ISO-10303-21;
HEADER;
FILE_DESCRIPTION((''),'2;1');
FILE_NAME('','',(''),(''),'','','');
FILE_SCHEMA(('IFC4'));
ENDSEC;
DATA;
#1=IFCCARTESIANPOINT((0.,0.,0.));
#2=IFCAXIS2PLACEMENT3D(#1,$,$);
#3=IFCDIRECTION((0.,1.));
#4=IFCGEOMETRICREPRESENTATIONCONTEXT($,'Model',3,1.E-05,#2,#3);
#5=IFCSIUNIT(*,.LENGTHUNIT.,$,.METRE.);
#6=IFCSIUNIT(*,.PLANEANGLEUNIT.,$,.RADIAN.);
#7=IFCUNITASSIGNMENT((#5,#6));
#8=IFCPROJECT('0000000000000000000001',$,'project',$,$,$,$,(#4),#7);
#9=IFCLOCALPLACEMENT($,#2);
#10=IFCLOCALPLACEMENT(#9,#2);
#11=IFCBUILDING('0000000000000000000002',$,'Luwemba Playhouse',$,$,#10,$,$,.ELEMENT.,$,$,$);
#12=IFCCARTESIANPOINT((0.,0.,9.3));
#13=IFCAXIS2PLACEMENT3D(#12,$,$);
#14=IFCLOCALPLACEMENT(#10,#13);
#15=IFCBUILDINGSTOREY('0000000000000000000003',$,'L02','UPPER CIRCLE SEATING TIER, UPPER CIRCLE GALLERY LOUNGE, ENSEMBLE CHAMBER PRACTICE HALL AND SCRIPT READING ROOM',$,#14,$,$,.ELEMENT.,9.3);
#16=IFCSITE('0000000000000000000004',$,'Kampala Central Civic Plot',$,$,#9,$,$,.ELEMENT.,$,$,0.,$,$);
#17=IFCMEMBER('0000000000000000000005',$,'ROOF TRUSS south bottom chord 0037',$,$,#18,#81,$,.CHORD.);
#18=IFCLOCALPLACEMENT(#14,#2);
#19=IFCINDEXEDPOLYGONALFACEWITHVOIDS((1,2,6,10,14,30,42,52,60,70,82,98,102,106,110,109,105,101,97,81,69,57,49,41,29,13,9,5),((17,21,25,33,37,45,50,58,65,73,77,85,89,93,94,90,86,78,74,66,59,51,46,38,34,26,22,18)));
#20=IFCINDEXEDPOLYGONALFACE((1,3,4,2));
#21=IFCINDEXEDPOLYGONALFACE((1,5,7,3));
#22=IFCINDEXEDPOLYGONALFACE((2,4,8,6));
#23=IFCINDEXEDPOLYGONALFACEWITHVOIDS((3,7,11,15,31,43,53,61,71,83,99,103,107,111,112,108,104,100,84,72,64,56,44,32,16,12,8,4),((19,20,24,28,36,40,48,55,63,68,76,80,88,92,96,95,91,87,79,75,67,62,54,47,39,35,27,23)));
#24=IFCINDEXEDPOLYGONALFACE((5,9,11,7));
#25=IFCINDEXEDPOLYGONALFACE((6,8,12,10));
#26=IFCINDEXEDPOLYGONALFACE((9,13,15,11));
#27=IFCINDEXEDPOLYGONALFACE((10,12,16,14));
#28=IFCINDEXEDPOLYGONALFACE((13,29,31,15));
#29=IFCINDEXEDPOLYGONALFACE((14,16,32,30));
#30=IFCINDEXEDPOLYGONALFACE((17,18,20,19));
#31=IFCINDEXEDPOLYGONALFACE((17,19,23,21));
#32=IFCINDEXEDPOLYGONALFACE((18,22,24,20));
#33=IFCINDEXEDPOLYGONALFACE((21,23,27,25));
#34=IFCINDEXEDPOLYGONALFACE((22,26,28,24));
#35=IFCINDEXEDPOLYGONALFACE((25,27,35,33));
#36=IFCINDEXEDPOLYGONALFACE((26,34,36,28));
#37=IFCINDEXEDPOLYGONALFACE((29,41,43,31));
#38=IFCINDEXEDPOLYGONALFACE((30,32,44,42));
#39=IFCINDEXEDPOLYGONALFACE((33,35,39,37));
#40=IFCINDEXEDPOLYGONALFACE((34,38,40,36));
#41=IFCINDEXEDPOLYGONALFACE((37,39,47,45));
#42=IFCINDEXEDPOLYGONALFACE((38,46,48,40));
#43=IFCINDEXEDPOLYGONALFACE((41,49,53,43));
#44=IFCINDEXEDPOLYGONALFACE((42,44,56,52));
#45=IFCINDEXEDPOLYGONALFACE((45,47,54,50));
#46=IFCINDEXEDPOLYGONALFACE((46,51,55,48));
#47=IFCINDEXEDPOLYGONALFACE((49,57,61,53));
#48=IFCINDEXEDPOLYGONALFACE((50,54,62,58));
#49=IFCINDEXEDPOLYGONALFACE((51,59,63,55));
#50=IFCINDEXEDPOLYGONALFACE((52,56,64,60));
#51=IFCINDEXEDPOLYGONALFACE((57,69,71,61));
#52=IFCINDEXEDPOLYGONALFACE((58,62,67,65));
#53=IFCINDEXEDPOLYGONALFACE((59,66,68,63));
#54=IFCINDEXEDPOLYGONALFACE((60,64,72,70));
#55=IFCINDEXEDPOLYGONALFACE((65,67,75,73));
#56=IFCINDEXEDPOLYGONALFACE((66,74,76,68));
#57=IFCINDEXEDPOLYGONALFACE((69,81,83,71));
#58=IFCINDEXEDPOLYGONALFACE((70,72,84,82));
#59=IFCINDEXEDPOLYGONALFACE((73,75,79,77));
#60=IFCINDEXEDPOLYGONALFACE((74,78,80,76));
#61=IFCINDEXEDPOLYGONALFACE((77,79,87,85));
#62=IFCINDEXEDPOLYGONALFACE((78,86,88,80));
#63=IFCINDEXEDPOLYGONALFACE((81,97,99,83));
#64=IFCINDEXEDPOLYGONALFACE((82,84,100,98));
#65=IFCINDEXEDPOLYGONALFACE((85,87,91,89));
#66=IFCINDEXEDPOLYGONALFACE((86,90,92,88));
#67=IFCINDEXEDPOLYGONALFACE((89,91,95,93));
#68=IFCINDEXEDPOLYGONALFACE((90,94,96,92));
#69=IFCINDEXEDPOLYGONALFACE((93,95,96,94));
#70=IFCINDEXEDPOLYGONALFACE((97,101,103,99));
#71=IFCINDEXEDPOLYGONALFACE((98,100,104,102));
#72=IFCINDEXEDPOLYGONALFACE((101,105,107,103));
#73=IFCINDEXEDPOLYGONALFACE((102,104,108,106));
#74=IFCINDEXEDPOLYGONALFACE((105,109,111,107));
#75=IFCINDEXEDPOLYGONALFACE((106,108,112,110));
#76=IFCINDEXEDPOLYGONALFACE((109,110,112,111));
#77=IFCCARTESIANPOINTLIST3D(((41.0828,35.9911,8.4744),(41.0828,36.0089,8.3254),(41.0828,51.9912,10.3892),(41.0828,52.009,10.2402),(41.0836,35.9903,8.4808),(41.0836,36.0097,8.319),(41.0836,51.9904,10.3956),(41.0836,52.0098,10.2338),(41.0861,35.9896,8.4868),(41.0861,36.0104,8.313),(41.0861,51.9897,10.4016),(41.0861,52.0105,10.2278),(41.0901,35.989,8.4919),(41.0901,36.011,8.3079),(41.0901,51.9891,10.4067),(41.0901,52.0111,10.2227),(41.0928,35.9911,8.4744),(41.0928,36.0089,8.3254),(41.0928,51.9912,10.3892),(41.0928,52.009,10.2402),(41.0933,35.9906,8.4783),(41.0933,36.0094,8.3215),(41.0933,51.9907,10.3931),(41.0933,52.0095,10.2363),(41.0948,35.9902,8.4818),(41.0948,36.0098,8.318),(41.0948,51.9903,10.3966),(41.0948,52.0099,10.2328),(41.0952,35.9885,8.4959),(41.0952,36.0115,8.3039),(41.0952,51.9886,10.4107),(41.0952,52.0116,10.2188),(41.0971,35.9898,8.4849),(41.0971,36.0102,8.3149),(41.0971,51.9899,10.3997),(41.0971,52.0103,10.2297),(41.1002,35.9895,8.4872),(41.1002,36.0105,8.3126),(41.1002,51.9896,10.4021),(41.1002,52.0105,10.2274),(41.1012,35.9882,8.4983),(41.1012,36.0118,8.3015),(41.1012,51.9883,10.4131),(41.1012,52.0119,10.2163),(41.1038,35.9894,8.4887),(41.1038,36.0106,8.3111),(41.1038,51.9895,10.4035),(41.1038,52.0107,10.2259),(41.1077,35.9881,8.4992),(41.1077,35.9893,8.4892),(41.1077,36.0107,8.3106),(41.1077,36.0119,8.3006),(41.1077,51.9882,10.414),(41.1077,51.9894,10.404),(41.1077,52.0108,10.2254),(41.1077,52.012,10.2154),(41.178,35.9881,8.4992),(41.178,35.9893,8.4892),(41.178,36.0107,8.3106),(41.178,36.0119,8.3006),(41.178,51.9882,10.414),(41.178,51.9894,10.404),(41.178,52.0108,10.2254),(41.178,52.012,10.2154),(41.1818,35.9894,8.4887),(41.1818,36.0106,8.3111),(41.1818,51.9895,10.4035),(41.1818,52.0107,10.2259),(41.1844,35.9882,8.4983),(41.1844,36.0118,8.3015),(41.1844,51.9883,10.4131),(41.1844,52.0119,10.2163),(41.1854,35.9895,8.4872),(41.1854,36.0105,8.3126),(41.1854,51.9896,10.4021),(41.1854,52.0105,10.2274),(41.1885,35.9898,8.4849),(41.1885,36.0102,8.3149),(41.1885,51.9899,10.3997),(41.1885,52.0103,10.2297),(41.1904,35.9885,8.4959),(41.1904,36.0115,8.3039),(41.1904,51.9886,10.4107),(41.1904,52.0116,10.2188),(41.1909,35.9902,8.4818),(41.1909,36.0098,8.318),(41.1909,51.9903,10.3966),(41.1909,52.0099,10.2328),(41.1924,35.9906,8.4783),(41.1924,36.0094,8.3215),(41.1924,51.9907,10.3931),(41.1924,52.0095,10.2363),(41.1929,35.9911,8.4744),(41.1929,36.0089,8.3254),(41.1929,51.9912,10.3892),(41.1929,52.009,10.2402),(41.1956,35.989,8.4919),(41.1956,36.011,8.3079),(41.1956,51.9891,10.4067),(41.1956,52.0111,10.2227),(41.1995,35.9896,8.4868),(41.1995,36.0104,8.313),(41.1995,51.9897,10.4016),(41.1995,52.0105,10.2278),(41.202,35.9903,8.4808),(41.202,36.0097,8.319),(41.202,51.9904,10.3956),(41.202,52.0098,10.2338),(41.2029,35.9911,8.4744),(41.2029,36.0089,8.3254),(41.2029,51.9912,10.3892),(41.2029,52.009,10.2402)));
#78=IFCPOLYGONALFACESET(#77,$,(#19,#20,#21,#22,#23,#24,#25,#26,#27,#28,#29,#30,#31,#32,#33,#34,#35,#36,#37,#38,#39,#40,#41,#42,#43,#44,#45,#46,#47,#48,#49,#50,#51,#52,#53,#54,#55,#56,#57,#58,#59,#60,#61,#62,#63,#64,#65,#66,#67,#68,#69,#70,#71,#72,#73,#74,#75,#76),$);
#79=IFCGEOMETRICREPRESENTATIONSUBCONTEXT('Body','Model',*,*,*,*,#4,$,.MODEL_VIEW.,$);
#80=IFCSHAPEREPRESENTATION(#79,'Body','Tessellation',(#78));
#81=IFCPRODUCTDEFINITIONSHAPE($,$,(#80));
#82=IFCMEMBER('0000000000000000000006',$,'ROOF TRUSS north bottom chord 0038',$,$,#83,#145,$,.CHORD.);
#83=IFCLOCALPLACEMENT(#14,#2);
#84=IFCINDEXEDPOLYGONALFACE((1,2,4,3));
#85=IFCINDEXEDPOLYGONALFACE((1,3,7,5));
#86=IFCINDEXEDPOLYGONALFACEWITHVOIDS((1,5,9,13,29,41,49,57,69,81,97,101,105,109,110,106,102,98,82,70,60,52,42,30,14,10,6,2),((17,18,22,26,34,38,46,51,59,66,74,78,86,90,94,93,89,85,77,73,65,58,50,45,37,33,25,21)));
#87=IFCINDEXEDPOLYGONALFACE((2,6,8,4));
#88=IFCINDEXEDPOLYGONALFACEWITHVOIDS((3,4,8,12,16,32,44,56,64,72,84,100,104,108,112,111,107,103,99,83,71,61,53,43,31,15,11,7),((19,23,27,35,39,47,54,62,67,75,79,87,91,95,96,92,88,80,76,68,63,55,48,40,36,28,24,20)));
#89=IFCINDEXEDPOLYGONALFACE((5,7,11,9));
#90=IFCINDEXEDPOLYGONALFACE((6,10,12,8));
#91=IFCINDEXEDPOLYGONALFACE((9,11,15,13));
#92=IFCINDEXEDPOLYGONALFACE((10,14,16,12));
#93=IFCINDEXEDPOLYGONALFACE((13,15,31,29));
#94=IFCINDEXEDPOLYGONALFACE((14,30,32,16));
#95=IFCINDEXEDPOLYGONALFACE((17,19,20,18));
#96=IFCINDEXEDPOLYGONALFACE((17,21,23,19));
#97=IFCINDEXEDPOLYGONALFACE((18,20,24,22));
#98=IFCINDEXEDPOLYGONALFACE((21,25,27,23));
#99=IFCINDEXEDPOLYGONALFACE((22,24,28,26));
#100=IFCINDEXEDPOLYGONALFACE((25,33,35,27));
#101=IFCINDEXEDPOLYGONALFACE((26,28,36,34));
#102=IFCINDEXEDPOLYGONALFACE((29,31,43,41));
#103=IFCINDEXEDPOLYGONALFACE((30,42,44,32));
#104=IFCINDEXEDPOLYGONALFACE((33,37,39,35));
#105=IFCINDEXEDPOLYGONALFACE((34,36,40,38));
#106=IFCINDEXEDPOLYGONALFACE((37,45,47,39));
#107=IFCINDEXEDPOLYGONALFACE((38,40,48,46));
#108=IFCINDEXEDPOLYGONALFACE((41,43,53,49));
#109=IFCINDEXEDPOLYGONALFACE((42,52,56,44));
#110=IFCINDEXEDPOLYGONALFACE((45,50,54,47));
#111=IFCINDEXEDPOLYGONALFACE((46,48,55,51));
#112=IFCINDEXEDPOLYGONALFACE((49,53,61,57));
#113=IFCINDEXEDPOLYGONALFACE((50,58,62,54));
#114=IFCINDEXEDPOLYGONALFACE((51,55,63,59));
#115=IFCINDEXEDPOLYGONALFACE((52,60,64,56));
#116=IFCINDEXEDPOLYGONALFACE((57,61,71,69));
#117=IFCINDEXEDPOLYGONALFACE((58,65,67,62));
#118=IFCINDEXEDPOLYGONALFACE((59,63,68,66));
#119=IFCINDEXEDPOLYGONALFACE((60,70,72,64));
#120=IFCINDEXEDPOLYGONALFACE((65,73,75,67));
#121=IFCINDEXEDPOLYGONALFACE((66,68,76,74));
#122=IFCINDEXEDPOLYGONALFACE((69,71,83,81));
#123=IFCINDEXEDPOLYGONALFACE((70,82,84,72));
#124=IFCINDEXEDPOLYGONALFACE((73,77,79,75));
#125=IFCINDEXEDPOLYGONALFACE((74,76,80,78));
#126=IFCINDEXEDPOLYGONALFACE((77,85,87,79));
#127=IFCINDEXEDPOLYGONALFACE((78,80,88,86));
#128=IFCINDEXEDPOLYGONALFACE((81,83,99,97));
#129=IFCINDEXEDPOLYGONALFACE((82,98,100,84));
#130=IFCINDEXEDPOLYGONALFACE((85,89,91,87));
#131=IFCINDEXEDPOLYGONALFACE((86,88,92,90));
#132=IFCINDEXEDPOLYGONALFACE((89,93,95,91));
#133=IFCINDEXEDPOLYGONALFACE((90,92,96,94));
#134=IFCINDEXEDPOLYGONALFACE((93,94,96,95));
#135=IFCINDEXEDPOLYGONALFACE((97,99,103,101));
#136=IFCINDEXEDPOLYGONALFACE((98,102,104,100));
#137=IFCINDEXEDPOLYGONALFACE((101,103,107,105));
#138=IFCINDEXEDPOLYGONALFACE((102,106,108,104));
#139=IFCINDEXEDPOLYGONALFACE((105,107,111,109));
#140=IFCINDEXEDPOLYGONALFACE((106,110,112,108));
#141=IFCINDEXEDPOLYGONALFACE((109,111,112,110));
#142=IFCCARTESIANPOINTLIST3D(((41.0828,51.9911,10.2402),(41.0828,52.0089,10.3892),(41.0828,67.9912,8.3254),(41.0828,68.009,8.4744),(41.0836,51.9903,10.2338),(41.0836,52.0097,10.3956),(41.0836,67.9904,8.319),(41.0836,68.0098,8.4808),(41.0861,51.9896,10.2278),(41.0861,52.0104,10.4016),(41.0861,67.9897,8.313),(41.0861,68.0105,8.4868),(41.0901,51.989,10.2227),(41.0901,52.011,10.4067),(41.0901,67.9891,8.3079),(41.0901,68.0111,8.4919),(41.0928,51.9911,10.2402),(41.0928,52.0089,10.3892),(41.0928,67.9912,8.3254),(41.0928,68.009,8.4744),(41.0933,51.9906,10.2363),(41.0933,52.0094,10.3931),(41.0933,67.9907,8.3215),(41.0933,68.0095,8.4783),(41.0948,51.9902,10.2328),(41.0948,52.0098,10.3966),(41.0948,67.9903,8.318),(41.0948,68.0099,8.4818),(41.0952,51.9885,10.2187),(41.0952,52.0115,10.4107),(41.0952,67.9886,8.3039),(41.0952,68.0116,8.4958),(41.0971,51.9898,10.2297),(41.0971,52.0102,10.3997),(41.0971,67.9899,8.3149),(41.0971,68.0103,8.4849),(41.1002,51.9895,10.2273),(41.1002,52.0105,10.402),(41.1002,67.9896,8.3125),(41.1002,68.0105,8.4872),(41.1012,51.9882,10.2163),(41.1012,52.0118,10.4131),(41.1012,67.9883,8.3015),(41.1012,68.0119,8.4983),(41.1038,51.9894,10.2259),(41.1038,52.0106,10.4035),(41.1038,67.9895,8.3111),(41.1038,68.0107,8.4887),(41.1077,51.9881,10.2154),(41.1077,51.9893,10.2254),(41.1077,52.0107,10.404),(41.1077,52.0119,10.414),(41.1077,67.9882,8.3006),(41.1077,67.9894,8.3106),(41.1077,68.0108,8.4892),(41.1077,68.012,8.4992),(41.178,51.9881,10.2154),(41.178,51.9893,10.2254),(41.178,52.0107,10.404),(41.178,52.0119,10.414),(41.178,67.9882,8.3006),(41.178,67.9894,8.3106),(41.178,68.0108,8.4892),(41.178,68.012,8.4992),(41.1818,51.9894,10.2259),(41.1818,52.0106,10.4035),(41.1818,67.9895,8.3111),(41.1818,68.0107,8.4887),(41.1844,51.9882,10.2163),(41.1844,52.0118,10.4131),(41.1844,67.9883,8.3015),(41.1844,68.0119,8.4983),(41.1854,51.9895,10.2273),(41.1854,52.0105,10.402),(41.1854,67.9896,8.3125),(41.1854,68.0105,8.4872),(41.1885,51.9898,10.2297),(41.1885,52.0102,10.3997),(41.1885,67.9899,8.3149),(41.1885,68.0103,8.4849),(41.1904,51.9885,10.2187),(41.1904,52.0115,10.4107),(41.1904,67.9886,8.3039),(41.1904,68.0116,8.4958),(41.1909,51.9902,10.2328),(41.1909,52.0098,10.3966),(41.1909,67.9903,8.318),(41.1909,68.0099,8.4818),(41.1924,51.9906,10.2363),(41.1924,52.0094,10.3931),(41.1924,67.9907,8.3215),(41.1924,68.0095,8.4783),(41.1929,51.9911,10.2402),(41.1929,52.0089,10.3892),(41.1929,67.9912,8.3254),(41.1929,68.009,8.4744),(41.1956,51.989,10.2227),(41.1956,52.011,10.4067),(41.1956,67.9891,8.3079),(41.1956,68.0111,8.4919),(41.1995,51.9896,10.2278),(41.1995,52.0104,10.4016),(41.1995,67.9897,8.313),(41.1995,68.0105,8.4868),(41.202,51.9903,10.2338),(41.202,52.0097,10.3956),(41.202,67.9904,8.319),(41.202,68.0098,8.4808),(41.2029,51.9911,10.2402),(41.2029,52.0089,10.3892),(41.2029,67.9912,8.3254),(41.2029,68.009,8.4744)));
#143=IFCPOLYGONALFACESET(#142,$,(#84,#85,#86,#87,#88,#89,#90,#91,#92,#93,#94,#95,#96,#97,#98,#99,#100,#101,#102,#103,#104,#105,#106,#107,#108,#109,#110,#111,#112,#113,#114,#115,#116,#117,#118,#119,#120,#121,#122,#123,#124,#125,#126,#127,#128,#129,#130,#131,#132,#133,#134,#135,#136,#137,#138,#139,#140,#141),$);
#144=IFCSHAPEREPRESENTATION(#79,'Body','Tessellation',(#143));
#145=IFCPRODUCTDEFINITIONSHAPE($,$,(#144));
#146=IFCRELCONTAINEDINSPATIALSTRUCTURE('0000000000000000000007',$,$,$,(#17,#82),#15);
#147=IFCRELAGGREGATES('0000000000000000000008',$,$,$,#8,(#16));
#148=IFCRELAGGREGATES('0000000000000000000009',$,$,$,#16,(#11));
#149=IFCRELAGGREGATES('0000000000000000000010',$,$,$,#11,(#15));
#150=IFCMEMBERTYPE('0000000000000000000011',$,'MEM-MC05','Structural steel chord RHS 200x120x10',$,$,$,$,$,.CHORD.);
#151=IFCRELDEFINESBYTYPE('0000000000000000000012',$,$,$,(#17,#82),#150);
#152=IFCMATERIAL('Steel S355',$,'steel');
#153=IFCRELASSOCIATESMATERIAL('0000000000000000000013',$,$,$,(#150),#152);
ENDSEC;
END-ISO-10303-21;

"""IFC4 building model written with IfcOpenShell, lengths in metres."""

from ifc_helpers import new_model, si_unit, direction, frame, origin, origin_2d, place, context, subcontext, project, spatial, hollow_rectangle, extrude, material, material_profile, profile_set, type_object, element, save


model = new_model("IFC4")

# Units and contexts
model_context = context("Model", 3, precision=1e-05, world=origin(), true_north=direction((0.0, 1.0)))
body_context = subcontext(model_context, "Body", "Model", "MODEL_VIEW")
ifc_project = project(units=[si_unit("LENGTHUNIT", "METRE"), si_unit("PLANEANGLEUNIT", "RADIAN")], contexts=[model_context])

# Site, building, storey
site_placement = place(None, origin())
site = spatial("IfcSite", under=ifc_project, at=site_placement, Name="Kampala Central Civic Plot", CompositionType="ELEMENT", RefElevation=0.0)
building_placement = place(site_placement, origin())
building = spatial("IfcBuilding", under=site, at=building_placement, Name="Luwemba Playhouse", CompositionType="ELEMENT")
storey_placement = place(building_placement, frame((0.0, 0.0, 9.3)))
storey = spatial("IfcBuildingStorey", under=building, at=storey_placement, Name="L02", Description="UPPER CIRCLE SEATING TIER, UPPER CIRCLE GALLERY LOUNGE, ENSEMBLE CHAMBER PRACTICE HALL AND SCRIPT READING ROOM", CompositionType="ELEMENT", Elevation=9.3)

# Shared definitions
ifc_material_1 = material(Name="Steel S355", Category="steel")

# Members
ifc_material_profile_1 = material_profile(ifc_material_1, hollow_rectangle(XDim=0.1201, YDim=0.2, WallThickness=0.01, InnerFilletRadius=0.0149, OuterFilletRadius=0.0249, at=origin_2d()))
ifc_profile_set_1 = profile_set([ifc_material_profile_1], Name="Steel S355")
member_type_1 = type_object("IfcMemberType", Name="MEM-MC05", Description="Structural steel chord RHS 200x120x10", PredefinedType="CHORD", material=ifc_profile_set_1)
for number, where, z_axis, x_axis, name in (
    (1, (41.1428, 36.0, 8.3999), (0.0, 0.992915, 0.118827), (-1.0, 0.0, 0.0), "ROOF TRUSS south bottom chord 0037"),
    (2, (41.1428, 52.0, 10.3147), (0.0, 0.992915, -0.118827), (-1.0, 0.0, 0.0), "ROOF TRUSS north bottom chord 0038"),
):
    element("IfcMember", number, at=place(storey_placement, frame(where, z_axis=z_axis, x_axis=x_axis)), inside=storey, type_object=member_type_1, Name=name, PredefinedType="CHORD", context=body_context, shape_type="SweptSolid", body=[
        extrude(hollow_rectangle(XDim=0.1201, YDim=0.2, WallThickness=0.01, InnerFilletRadius=0.0149, OuterFilletRadius=0.0249, at=origin_2d()), origin(), (0.0, 0.0, 1.0), 16.1143),
    ])

save(model, "model.ifc")
